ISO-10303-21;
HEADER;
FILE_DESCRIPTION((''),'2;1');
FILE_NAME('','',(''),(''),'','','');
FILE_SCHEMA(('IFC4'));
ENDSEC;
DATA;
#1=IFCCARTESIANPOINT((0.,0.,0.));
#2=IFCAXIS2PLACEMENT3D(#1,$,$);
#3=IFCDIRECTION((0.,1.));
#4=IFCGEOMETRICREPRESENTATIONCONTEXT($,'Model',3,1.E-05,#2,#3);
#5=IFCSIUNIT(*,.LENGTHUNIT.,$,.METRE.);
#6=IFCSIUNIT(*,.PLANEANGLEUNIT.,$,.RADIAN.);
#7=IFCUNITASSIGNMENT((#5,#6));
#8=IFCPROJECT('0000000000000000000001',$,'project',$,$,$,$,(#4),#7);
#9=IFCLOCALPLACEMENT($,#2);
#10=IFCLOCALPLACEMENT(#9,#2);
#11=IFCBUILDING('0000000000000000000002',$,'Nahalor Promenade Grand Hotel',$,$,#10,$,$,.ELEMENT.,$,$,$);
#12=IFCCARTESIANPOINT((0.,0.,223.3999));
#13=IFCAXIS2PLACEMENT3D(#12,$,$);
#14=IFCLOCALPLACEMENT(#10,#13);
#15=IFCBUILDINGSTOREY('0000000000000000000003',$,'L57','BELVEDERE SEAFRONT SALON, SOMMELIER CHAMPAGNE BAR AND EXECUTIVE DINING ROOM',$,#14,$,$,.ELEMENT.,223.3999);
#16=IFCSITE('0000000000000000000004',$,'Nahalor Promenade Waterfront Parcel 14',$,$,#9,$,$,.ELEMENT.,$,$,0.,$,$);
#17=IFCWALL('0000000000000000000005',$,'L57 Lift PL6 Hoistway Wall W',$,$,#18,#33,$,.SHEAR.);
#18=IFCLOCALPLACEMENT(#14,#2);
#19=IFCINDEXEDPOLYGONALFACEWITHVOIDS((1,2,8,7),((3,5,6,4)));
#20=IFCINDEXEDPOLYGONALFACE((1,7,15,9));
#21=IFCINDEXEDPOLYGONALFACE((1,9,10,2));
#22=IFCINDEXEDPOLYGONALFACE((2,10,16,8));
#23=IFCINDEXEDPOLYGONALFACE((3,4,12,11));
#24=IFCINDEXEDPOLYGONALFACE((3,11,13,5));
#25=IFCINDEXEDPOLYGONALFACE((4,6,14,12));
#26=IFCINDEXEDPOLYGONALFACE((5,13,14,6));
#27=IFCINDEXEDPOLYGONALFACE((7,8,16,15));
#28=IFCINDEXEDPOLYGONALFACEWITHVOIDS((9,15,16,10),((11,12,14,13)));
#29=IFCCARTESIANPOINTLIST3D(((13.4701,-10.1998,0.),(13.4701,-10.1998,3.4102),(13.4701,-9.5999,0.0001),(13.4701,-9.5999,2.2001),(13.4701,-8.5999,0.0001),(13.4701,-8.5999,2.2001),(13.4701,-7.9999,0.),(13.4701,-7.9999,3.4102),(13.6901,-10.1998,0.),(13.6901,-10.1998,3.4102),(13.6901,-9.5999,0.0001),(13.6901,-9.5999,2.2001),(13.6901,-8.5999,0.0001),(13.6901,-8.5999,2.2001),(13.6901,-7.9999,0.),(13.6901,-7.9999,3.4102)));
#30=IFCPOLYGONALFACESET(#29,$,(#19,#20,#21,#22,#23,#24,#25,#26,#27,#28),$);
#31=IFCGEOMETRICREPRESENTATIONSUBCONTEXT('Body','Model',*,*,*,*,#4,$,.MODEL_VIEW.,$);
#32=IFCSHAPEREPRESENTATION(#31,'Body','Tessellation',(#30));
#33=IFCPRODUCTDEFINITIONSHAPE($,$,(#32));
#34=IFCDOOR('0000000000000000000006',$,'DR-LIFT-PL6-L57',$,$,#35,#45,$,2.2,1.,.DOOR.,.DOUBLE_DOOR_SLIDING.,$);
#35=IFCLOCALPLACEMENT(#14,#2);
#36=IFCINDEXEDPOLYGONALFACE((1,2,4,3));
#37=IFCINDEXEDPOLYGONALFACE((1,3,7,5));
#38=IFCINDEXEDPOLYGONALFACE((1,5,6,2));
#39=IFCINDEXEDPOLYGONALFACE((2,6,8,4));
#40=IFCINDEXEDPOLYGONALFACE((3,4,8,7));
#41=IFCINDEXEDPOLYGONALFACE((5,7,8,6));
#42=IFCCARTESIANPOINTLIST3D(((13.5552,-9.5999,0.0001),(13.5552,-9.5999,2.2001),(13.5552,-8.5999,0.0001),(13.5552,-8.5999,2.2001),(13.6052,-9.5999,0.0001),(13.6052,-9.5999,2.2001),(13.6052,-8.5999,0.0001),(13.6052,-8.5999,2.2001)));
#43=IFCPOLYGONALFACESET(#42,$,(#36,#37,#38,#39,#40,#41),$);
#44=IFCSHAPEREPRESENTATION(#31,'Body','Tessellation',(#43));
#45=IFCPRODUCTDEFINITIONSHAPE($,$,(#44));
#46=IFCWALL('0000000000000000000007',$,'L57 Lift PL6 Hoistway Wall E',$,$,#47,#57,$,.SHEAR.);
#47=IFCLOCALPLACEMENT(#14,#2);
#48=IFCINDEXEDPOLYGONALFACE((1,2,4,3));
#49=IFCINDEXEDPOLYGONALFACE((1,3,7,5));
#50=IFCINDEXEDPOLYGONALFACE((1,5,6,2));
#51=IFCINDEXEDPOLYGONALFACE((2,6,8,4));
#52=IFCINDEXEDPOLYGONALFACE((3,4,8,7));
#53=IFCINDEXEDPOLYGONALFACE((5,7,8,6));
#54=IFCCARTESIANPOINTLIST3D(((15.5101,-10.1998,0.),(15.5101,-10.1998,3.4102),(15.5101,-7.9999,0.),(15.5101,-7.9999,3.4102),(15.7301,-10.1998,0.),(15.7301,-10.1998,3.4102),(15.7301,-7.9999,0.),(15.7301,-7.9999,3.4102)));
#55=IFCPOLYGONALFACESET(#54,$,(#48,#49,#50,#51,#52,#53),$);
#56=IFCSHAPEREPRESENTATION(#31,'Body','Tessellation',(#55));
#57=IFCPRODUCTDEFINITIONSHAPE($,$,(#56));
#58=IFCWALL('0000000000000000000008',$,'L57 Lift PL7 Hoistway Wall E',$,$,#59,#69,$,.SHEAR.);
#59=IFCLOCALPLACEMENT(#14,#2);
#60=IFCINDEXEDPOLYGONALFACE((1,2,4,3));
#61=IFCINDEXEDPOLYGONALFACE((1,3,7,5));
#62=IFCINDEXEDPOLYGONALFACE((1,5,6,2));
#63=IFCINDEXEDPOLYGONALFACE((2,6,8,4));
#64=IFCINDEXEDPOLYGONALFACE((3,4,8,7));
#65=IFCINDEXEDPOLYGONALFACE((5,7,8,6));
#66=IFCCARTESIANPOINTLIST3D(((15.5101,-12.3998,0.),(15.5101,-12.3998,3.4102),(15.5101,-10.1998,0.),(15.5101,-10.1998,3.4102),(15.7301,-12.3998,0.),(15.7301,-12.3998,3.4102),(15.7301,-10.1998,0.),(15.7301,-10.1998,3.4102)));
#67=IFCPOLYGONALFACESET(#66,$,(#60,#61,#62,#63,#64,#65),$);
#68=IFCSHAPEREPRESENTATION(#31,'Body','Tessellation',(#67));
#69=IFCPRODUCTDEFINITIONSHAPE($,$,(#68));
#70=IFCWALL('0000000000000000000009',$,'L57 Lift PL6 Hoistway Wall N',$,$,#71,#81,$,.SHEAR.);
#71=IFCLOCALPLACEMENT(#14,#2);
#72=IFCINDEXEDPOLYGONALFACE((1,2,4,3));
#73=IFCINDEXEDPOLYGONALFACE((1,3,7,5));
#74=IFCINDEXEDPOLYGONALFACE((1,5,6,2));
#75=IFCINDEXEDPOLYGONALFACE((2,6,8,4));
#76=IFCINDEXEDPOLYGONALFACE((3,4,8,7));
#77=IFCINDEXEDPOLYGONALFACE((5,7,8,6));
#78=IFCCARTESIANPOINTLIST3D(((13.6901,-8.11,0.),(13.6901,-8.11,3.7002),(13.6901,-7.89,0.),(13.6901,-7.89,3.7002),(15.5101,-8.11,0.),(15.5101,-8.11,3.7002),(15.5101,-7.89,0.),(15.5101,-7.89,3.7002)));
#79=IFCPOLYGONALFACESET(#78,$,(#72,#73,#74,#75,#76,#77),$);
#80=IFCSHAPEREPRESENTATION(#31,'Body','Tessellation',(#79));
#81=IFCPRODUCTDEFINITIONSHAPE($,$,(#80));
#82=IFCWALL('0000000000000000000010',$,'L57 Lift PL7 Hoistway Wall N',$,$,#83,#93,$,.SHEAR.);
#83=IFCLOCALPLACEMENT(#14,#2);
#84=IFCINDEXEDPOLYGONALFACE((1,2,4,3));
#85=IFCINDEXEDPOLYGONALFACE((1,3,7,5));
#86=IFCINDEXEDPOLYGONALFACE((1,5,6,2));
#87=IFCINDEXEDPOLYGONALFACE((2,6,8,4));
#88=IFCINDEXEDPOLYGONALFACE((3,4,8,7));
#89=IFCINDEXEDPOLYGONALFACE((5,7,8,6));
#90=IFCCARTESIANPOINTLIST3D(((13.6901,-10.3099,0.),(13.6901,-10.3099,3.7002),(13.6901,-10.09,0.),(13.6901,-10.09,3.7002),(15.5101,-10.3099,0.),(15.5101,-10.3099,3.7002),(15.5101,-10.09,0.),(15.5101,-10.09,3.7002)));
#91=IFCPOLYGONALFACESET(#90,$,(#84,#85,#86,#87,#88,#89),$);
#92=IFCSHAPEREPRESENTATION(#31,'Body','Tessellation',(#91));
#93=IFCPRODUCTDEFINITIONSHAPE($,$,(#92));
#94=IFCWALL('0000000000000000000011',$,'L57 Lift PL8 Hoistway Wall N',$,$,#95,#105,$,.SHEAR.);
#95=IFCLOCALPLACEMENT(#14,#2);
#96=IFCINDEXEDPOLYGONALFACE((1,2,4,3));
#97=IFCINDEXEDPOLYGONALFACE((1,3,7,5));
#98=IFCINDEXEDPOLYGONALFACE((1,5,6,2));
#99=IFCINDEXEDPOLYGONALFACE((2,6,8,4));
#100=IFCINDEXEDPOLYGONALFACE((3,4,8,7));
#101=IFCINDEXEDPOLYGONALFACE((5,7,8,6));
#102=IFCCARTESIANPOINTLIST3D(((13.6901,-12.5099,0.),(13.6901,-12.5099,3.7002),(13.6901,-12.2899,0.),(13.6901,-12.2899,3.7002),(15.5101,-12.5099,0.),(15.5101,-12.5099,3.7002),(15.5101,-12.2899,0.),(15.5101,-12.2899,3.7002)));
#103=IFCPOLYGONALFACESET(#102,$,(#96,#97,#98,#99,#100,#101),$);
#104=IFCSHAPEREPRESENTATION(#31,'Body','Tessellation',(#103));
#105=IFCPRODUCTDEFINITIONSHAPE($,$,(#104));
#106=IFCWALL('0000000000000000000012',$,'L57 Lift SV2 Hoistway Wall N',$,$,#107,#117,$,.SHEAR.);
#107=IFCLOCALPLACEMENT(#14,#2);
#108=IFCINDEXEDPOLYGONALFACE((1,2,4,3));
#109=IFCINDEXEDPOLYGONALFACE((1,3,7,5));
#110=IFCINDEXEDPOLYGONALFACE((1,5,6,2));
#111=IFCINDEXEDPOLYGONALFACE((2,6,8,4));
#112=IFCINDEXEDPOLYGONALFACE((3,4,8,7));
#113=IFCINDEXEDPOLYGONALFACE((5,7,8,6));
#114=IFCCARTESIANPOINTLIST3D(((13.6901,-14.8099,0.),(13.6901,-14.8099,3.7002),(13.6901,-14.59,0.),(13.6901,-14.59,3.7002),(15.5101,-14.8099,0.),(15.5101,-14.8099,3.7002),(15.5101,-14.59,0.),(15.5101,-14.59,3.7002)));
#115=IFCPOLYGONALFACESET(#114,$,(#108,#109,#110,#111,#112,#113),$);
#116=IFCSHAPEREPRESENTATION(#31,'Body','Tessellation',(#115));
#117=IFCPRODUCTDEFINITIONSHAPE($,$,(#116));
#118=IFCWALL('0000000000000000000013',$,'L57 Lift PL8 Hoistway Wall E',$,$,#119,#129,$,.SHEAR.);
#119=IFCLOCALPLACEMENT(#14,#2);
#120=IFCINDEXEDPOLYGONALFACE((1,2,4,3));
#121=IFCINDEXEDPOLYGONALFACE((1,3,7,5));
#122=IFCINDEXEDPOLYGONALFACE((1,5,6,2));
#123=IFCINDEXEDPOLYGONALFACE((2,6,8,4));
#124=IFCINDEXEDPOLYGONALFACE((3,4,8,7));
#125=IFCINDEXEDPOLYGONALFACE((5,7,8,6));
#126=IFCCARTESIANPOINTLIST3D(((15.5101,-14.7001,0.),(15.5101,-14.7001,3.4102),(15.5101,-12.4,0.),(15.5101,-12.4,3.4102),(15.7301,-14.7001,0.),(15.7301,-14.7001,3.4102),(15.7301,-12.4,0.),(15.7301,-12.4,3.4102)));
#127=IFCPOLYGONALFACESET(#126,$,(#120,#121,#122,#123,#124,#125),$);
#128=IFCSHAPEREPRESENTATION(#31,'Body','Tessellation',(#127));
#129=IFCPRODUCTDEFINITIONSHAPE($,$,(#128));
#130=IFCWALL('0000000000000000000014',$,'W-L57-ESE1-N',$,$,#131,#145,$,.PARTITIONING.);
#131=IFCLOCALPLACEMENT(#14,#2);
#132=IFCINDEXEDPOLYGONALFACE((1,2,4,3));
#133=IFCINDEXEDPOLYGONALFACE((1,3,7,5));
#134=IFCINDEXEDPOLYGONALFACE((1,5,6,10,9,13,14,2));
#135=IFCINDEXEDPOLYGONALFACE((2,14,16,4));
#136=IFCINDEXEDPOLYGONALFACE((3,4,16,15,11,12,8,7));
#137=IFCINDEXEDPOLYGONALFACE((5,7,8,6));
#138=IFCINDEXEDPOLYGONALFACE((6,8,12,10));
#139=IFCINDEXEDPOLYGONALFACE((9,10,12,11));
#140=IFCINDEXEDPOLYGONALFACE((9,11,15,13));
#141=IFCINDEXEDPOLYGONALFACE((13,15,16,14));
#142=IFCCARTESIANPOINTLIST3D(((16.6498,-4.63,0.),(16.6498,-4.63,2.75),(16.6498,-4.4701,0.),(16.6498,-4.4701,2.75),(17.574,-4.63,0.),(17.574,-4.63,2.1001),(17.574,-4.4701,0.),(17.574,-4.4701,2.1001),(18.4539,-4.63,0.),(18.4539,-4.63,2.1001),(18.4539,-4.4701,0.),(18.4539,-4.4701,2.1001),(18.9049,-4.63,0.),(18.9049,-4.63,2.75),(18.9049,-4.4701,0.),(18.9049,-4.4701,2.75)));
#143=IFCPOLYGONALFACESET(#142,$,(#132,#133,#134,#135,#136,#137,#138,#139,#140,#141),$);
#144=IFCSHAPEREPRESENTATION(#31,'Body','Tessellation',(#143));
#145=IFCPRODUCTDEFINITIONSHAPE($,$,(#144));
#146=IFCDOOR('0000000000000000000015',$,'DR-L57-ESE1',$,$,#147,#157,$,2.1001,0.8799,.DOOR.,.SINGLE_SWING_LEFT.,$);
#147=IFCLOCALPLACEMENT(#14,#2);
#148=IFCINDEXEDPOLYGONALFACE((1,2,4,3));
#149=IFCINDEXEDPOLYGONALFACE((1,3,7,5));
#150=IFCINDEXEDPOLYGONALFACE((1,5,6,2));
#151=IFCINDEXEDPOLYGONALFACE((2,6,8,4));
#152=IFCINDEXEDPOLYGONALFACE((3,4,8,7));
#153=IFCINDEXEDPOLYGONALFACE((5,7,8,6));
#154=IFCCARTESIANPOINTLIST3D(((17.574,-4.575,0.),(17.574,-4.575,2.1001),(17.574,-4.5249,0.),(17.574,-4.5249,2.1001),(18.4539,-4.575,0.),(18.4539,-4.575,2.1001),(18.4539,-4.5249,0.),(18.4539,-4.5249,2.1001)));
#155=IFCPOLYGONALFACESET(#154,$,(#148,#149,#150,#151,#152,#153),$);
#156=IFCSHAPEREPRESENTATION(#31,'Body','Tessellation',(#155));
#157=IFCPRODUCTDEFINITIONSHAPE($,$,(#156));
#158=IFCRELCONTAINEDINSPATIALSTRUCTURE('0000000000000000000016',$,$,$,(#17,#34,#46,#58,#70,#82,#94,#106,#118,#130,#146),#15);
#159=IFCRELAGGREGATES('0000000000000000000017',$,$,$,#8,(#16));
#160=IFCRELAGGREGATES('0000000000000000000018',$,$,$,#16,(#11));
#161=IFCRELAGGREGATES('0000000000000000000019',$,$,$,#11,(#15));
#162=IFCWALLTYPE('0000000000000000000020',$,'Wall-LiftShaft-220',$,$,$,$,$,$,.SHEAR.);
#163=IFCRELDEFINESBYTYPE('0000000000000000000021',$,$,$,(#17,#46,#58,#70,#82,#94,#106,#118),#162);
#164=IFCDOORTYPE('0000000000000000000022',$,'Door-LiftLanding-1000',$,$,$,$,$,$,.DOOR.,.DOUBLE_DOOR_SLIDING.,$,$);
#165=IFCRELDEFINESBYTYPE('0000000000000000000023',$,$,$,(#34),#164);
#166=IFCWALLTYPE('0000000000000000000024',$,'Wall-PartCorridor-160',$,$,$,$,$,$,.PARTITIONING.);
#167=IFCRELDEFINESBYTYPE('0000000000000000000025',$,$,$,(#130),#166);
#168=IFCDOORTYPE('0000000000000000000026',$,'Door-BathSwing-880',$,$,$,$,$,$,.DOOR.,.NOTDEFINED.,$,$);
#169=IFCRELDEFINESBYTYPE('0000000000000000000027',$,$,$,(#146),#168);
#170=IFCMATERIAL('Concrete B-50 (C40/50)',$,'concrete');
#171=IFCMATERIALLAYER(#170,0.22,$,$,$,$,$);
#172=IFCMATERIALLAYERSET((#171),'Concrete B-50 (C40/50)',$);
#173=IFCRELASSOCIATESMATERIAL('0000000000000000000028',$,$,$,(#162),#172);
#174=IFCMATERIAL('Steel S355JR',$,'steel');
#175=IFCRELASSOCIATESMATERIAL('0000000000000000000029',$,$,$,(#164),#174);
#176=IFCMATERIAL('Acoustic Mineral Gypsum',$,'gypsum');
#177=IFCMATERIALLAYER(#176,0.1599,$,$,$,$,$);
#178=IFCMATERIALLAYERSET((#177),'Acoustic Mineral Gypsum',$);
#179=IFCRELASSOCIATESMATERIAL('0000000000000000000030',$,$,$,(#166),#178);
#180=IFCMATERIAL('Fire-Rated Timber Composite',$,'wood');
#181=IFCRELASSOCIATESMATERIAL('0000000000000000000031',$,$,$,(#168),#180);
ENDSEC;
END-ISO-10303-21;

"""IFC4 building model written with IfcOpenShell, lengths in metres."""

from ifc_helpers import new_model, si_unit, direction, frame, frame_2d, origin, place, context, subcontext, project, spatial, rectangle, extrude, source, transform, mapped, material, layer, layer_set, type_object, element, fill, save


model = new_model("IFC4")

# Units and contexts
model_context = context("Model", 3, precision=1e-05, world=origin(), true_north=direction((0.0, 1.0)))
body_context = subcontext(model_context, "Body", "Model", "MODEL_VIEW")
ifc_project = project(units=[si_unit("LENGTHUNIT", "METRE"), si_unit("PLANEANGLEUNIT", "RADIAN")], contexts=[model_context])

# Site, building, storey
site_placement = place(None, origin())
site = spatial("IfcSite", under=ifc_project, at=site_placement, Name="Nahalor Promenade Waterfront Parcel 14", CompositionType="ELEMENT", RefElevation=0.0)
building_placement = place(site_placement, origin())
building = spatial("IfcBuilding", under=site, at=building_placement, Name="Nahalor Promenade Grand Hotel", CompositionType="ELEMENT")
storey_placement = place(building_placement, frame((0.0, 0.0, 223.3999)))
storey = spatial("IfcBuildingStorey", under=building, at=storey_placement, Name="L57", Description="BELVEDERE SEAFRONT SALON, SOMMELIER CHAMPAGNE BAR AND EXECUTIVE DINING ROOM", CompositionType="ELEMENT", Elevation=223.3999)

# Shared definitions
ifc_material_1 = material(Name="Steel S355JR", Category="steel")

# Shared definitions
ifc_material_2 = material(Name="Concrete B-50 (C40/50)", Category="concrete")
ifc_layer_1 = layer(ifc_material_2, 0.22)
ifc_layer_set_1 = layer_set([ifc_layer_1], Name="Concrete B-50 (C40/50)")
wall_type_1 = type_object("IfcWallType", Name="Wall-LiftShaft-220", PredefinedType="SHEAR", material=ifc_layer_set_1)
door_type_1 = type_object("IfcDoorType", Name="Door-LiftLanding-1000", OperationType="DOUBLE_DOOR_SLIDING", PredefinedType="DOOR", material=ifc_material_1)
shared_shape_1 = source(origin(), body_context, "Body", "SweptSolid", [
    extrude(rectangle(XDim=1.0, YDim=2.2, at=frame_2d((0.5, 1.1001))), frame((0.0, 0.0249, 0.0), z_axis=(0.0, -1.0, 0.0), x_axis=(1.0, 0.0, 0.0)), (0.0, 0.0, 1.0), 0.05),
])

# Wall, opening, door
shared_shape_2 = source(origin(), body_context, "Body", "SweptSolid", [
    extrude(rectangle(XDim=2.2, YDim=0.22, at=frame_2d((1.1001, 0.0))), origin(), (0.0, 0.0, 1.0), 3.4102),
])
wall_1_placement = place(storey_placement, frame((13.5801, -10.2, 0.0), z_axis=(0.0, 0.0, 1.0), x_axis=(0.0, 1.0, 0.0)))
wall_1 = element("IfcWall", 1, at=wall_1_placement, inside=storey, type_object=wall_type_1, Name="L57 Lift PL6 Hoistway Wall W", PredefinedType="SHEAR", context=body_context, shape_type="MappedRepresentation", body=[
    mapped(shared_shape_2, transform((0.0, 0.0, 0.0), scale=1.0)),
])
opening_1_placement = place(wall_1_placement, frame((0.6001, 0.0, 0.0)))
opening_1 = element("IfcOpeningElement", 2, at=opening_1_placement, cuts=wall_1, PredefinedType="OPENING", context=body_context, shape_type="SweptSolid", body=[
    extrude(rectangle(XDim=1.0, YDim=2.2, at=frame_2d((0.5, 1.1001))), frame((0.0, 0.1199, 0.0), z_axis=(0.0, -1.0, 0.0), x_axis=(1.0, 0.0, 0.0)), (0.0, 0.0, 1.0), 0.24),
])
door_1_placement = place(opening_1_placement, origin())
door_1 = element("IfcDoor", 3, at=door_1_placement, inside=storey, type_object=door_type_1, Name="DR-LIFT-PL6-L57", OperationType="DOUBLE_DOOR_SLIDING", OverallHeight=2.2, OverallWidth=1.0, PredefinedType="DOOR", context=body_context, shape_type="MappedRepresentation", body=[
    mapped(shared_shape_1, transform((0.0, 0.0, 0.0), scale=1.0)),
])
fill(opening_1, door_1)

# Walls
for number, where, z_axis, x_axis, name in (
    (4, (15.6201, -10.2, 0.0), (0.0, 0.0, 1.0), (0.0, 1.0, 0.0), "L57 Lift PL6 Hoistway Wall E"),
    (5, (15.6201, -12.3999, 0.0), (0.0, 0.0, 1.0), (0.0, 1.0, 0.0), "L57 Lift PL7 Hoistway Wall E"),
):
    element("IfcWall", number, at=place(storey_placement, frame(where, z_axis=z_axis, x_axis=x_axis)), inside=storey, type_object=wall_type_1, Name=name, PredefinedType="SHEAR", context=body_context, shape_type="MappedRepresentation", body=[
        mapped(shared_shape_2, transform((0.0, 0.0, 0.0), scale=1.0)),
    ])
shared_shape_3 = source(origin(), body_context, "Body", "SweptSolid", [
    extrude(rectangle(XDim=1.8201, YDim=0.22, at=frame_2d((0.9102, 0.0))), origin(), (0.0, 0.0, 1.0), 3.7002),
])
for number, where, z_axis, x_axis, name in (
    (6, (13.6899, -8.0, 0.0), (0.0, 0.0, 1.0), (1.0, 0.0, 0.0), "L57 Lift PL6 Hoistway Wall N"),
    (7, (13.6899, -10.2, 0.0), (0.0, 0.0, 1.0), (1.0, 0.0, 0.0), "L57 Lift PL7 Hoistway Wall N"),
    (8, (13.6899, -12.3999, 0.0), (0.0, 0.0, 1.0), (1.0, 0.0, 0.0), "L57 Lift PL8 Hoistway Wall N"),
    (9, (13.6899, -14.7, 0.0), (0.0, 0.0, 1.0), (1.0, 0.0, 0.0), "L57 Lift SV2 Hoistway Wall N"),
):
    element("IfcWall", number, at=place(storey_placement, frame(where, z_axis=z_axis, x_axis=x_axis)), inside=storey, type_object=wall_type_1, Name=name, PredefinedType="SHEAR", context=body_context, shape_type="MappedRepresentation", body=[
        mapped(shared_shape_3, transform((0.0, 0.0, 0.0), scale=1.0)),
    ])
shared_shape_4 = source(origin(), body_context, "Body", "SweptSolid", [
    extrude(rectangle(XDim=2.3, YDim=0.22, at=frame_2d((1.1499, 0.0))), origin(), (0.0, 0.0, 1.0), 3.4102),
])
wall_2_placement = place(storey_placement, frame((15.6201, -14.7, 0.0), z_axis=(0.0, 0.0, 1.0), x_axis=(0.0, 1.0, 0.0)))
element("IfcWall", 10, at=wall_2_placement, inside=storey, type_object=wall_type_1, Name="L57 Lift PL8 Hoistway Wall E", PredefinedType="SHEAR", context=body_context, shape_type="MappedRepresentation", body=[
    mapped(shared_shape_4, transform((0.0, 0.0, 0.0), scale=1.0)),
])

# Wall, opening, door
ifc_material_3 = material(Name="Acoustic Mineral Gypsum", Category="gypsum")
ifc_layer_2 = layer(ifc_material_3, 0.1599)
ifc_layer_set_2 = layer_set([ifc_layer_2], Name="Acoustic Mineral Gypsum")
wall_type_2 = type_object("IfcWallType", Name="Wall-PartCorridor-160", PredefinedType="PARTITIONING", material=ifc_layer_set_2)
shared_shape_5 = source(origin(), body_context, "Body", "SweptSolid", [
    extrude(rectangle(XDim=2.2551, YDim=0.1599, at=frame_2d((1.1274, 0.0))), origin(), (0.0, 0.0, 1.0), 2.75),
])
wall_3_placement = place(storey_placement, frame((16.6499, -4.55, 0.0), z_axis=(0.0, 0.0, 1.0), x_axis=(1.0, 0.0, 0.0)))
wall_3 = element("IfcWall", 11, at=wall_3_placement, inside=storey, type_object=wall_type_2, Name="W-L57-ESE1-N", PredefinedType="PARTITIONING", context=body_context, shape_type="MappedRepresentation", body=[
    mapped(shared_shape_5, transform((0.0, 0.0, 0.0), scale=1.0)),
])
opening_2_placement = place(wall_3_placement, frame((0.9241, 0.0, 0.0)))
opening_2 = element("IfcOpeningElement", 12, at=opening_2_placement, cuts=wall_3, PredefinedType="OPENING", context=body_context, shape_type="SweptSolid", body=[
    extrude(rectangle(XDim=0.8799, YDim=2.1001, at=frame_2d((0.4399, 1.05))), frame((0.0, 0.0898, 0.0), z_axis=(0.0, -1.0, 0.0), x_axis=(1.0, 0.0, 0.0)), (0.0, 0.0, 1.0), 0.1799),
])
ifc_material_4 = material(Name="Fire-Rated Timber Composite", Category="wood")
door_type_2 = type_object("IfcDoorType", Name="Door-BathSwing-880", OperationType="NOTDEFINED", PredefinedType="DOOR", material=ifc_material_4)
shared_shape_6 = source(origin(), body_context, "Body", "SweptSolid", [
    extrude(rectangle(XDim=0.8799, YDim=2.1001, at=frame_2d((0.4399, 1.05))), frame((0.0, 0.0249, 0.0), z_axis=(0.0, -1.0, 0.0), x_axis=(1.0, 0.0, 0.0)), (0.0, 0.0, 1.0), 0.05),
])
door_2_placement = place(opening_2_placement, frame((0.8799, 0.0, 0.0), z_axis=(0.0, 0.0, 1.0), x_axis=(-1.0, 0.0, 0.0)))
door_2 = element("IfcDoor", 13, at=door_2_placement, inside=storey, type_object=door_type_2, Name="DR-L57-ESE1", OperationType="SINGLE_SWING_LEFT", OverallHeight=2.1001, OverallWidth=0.8799, PredefinedType="DOOR", context=body_context, shape_type="MappedRepresentation", body=[
    mapped(shared_shape_6, transform((0.0, 0.0, 0.0), scale=1.0)),
])
fill(opening_2, door_2)

save(model, "model.ifc")
